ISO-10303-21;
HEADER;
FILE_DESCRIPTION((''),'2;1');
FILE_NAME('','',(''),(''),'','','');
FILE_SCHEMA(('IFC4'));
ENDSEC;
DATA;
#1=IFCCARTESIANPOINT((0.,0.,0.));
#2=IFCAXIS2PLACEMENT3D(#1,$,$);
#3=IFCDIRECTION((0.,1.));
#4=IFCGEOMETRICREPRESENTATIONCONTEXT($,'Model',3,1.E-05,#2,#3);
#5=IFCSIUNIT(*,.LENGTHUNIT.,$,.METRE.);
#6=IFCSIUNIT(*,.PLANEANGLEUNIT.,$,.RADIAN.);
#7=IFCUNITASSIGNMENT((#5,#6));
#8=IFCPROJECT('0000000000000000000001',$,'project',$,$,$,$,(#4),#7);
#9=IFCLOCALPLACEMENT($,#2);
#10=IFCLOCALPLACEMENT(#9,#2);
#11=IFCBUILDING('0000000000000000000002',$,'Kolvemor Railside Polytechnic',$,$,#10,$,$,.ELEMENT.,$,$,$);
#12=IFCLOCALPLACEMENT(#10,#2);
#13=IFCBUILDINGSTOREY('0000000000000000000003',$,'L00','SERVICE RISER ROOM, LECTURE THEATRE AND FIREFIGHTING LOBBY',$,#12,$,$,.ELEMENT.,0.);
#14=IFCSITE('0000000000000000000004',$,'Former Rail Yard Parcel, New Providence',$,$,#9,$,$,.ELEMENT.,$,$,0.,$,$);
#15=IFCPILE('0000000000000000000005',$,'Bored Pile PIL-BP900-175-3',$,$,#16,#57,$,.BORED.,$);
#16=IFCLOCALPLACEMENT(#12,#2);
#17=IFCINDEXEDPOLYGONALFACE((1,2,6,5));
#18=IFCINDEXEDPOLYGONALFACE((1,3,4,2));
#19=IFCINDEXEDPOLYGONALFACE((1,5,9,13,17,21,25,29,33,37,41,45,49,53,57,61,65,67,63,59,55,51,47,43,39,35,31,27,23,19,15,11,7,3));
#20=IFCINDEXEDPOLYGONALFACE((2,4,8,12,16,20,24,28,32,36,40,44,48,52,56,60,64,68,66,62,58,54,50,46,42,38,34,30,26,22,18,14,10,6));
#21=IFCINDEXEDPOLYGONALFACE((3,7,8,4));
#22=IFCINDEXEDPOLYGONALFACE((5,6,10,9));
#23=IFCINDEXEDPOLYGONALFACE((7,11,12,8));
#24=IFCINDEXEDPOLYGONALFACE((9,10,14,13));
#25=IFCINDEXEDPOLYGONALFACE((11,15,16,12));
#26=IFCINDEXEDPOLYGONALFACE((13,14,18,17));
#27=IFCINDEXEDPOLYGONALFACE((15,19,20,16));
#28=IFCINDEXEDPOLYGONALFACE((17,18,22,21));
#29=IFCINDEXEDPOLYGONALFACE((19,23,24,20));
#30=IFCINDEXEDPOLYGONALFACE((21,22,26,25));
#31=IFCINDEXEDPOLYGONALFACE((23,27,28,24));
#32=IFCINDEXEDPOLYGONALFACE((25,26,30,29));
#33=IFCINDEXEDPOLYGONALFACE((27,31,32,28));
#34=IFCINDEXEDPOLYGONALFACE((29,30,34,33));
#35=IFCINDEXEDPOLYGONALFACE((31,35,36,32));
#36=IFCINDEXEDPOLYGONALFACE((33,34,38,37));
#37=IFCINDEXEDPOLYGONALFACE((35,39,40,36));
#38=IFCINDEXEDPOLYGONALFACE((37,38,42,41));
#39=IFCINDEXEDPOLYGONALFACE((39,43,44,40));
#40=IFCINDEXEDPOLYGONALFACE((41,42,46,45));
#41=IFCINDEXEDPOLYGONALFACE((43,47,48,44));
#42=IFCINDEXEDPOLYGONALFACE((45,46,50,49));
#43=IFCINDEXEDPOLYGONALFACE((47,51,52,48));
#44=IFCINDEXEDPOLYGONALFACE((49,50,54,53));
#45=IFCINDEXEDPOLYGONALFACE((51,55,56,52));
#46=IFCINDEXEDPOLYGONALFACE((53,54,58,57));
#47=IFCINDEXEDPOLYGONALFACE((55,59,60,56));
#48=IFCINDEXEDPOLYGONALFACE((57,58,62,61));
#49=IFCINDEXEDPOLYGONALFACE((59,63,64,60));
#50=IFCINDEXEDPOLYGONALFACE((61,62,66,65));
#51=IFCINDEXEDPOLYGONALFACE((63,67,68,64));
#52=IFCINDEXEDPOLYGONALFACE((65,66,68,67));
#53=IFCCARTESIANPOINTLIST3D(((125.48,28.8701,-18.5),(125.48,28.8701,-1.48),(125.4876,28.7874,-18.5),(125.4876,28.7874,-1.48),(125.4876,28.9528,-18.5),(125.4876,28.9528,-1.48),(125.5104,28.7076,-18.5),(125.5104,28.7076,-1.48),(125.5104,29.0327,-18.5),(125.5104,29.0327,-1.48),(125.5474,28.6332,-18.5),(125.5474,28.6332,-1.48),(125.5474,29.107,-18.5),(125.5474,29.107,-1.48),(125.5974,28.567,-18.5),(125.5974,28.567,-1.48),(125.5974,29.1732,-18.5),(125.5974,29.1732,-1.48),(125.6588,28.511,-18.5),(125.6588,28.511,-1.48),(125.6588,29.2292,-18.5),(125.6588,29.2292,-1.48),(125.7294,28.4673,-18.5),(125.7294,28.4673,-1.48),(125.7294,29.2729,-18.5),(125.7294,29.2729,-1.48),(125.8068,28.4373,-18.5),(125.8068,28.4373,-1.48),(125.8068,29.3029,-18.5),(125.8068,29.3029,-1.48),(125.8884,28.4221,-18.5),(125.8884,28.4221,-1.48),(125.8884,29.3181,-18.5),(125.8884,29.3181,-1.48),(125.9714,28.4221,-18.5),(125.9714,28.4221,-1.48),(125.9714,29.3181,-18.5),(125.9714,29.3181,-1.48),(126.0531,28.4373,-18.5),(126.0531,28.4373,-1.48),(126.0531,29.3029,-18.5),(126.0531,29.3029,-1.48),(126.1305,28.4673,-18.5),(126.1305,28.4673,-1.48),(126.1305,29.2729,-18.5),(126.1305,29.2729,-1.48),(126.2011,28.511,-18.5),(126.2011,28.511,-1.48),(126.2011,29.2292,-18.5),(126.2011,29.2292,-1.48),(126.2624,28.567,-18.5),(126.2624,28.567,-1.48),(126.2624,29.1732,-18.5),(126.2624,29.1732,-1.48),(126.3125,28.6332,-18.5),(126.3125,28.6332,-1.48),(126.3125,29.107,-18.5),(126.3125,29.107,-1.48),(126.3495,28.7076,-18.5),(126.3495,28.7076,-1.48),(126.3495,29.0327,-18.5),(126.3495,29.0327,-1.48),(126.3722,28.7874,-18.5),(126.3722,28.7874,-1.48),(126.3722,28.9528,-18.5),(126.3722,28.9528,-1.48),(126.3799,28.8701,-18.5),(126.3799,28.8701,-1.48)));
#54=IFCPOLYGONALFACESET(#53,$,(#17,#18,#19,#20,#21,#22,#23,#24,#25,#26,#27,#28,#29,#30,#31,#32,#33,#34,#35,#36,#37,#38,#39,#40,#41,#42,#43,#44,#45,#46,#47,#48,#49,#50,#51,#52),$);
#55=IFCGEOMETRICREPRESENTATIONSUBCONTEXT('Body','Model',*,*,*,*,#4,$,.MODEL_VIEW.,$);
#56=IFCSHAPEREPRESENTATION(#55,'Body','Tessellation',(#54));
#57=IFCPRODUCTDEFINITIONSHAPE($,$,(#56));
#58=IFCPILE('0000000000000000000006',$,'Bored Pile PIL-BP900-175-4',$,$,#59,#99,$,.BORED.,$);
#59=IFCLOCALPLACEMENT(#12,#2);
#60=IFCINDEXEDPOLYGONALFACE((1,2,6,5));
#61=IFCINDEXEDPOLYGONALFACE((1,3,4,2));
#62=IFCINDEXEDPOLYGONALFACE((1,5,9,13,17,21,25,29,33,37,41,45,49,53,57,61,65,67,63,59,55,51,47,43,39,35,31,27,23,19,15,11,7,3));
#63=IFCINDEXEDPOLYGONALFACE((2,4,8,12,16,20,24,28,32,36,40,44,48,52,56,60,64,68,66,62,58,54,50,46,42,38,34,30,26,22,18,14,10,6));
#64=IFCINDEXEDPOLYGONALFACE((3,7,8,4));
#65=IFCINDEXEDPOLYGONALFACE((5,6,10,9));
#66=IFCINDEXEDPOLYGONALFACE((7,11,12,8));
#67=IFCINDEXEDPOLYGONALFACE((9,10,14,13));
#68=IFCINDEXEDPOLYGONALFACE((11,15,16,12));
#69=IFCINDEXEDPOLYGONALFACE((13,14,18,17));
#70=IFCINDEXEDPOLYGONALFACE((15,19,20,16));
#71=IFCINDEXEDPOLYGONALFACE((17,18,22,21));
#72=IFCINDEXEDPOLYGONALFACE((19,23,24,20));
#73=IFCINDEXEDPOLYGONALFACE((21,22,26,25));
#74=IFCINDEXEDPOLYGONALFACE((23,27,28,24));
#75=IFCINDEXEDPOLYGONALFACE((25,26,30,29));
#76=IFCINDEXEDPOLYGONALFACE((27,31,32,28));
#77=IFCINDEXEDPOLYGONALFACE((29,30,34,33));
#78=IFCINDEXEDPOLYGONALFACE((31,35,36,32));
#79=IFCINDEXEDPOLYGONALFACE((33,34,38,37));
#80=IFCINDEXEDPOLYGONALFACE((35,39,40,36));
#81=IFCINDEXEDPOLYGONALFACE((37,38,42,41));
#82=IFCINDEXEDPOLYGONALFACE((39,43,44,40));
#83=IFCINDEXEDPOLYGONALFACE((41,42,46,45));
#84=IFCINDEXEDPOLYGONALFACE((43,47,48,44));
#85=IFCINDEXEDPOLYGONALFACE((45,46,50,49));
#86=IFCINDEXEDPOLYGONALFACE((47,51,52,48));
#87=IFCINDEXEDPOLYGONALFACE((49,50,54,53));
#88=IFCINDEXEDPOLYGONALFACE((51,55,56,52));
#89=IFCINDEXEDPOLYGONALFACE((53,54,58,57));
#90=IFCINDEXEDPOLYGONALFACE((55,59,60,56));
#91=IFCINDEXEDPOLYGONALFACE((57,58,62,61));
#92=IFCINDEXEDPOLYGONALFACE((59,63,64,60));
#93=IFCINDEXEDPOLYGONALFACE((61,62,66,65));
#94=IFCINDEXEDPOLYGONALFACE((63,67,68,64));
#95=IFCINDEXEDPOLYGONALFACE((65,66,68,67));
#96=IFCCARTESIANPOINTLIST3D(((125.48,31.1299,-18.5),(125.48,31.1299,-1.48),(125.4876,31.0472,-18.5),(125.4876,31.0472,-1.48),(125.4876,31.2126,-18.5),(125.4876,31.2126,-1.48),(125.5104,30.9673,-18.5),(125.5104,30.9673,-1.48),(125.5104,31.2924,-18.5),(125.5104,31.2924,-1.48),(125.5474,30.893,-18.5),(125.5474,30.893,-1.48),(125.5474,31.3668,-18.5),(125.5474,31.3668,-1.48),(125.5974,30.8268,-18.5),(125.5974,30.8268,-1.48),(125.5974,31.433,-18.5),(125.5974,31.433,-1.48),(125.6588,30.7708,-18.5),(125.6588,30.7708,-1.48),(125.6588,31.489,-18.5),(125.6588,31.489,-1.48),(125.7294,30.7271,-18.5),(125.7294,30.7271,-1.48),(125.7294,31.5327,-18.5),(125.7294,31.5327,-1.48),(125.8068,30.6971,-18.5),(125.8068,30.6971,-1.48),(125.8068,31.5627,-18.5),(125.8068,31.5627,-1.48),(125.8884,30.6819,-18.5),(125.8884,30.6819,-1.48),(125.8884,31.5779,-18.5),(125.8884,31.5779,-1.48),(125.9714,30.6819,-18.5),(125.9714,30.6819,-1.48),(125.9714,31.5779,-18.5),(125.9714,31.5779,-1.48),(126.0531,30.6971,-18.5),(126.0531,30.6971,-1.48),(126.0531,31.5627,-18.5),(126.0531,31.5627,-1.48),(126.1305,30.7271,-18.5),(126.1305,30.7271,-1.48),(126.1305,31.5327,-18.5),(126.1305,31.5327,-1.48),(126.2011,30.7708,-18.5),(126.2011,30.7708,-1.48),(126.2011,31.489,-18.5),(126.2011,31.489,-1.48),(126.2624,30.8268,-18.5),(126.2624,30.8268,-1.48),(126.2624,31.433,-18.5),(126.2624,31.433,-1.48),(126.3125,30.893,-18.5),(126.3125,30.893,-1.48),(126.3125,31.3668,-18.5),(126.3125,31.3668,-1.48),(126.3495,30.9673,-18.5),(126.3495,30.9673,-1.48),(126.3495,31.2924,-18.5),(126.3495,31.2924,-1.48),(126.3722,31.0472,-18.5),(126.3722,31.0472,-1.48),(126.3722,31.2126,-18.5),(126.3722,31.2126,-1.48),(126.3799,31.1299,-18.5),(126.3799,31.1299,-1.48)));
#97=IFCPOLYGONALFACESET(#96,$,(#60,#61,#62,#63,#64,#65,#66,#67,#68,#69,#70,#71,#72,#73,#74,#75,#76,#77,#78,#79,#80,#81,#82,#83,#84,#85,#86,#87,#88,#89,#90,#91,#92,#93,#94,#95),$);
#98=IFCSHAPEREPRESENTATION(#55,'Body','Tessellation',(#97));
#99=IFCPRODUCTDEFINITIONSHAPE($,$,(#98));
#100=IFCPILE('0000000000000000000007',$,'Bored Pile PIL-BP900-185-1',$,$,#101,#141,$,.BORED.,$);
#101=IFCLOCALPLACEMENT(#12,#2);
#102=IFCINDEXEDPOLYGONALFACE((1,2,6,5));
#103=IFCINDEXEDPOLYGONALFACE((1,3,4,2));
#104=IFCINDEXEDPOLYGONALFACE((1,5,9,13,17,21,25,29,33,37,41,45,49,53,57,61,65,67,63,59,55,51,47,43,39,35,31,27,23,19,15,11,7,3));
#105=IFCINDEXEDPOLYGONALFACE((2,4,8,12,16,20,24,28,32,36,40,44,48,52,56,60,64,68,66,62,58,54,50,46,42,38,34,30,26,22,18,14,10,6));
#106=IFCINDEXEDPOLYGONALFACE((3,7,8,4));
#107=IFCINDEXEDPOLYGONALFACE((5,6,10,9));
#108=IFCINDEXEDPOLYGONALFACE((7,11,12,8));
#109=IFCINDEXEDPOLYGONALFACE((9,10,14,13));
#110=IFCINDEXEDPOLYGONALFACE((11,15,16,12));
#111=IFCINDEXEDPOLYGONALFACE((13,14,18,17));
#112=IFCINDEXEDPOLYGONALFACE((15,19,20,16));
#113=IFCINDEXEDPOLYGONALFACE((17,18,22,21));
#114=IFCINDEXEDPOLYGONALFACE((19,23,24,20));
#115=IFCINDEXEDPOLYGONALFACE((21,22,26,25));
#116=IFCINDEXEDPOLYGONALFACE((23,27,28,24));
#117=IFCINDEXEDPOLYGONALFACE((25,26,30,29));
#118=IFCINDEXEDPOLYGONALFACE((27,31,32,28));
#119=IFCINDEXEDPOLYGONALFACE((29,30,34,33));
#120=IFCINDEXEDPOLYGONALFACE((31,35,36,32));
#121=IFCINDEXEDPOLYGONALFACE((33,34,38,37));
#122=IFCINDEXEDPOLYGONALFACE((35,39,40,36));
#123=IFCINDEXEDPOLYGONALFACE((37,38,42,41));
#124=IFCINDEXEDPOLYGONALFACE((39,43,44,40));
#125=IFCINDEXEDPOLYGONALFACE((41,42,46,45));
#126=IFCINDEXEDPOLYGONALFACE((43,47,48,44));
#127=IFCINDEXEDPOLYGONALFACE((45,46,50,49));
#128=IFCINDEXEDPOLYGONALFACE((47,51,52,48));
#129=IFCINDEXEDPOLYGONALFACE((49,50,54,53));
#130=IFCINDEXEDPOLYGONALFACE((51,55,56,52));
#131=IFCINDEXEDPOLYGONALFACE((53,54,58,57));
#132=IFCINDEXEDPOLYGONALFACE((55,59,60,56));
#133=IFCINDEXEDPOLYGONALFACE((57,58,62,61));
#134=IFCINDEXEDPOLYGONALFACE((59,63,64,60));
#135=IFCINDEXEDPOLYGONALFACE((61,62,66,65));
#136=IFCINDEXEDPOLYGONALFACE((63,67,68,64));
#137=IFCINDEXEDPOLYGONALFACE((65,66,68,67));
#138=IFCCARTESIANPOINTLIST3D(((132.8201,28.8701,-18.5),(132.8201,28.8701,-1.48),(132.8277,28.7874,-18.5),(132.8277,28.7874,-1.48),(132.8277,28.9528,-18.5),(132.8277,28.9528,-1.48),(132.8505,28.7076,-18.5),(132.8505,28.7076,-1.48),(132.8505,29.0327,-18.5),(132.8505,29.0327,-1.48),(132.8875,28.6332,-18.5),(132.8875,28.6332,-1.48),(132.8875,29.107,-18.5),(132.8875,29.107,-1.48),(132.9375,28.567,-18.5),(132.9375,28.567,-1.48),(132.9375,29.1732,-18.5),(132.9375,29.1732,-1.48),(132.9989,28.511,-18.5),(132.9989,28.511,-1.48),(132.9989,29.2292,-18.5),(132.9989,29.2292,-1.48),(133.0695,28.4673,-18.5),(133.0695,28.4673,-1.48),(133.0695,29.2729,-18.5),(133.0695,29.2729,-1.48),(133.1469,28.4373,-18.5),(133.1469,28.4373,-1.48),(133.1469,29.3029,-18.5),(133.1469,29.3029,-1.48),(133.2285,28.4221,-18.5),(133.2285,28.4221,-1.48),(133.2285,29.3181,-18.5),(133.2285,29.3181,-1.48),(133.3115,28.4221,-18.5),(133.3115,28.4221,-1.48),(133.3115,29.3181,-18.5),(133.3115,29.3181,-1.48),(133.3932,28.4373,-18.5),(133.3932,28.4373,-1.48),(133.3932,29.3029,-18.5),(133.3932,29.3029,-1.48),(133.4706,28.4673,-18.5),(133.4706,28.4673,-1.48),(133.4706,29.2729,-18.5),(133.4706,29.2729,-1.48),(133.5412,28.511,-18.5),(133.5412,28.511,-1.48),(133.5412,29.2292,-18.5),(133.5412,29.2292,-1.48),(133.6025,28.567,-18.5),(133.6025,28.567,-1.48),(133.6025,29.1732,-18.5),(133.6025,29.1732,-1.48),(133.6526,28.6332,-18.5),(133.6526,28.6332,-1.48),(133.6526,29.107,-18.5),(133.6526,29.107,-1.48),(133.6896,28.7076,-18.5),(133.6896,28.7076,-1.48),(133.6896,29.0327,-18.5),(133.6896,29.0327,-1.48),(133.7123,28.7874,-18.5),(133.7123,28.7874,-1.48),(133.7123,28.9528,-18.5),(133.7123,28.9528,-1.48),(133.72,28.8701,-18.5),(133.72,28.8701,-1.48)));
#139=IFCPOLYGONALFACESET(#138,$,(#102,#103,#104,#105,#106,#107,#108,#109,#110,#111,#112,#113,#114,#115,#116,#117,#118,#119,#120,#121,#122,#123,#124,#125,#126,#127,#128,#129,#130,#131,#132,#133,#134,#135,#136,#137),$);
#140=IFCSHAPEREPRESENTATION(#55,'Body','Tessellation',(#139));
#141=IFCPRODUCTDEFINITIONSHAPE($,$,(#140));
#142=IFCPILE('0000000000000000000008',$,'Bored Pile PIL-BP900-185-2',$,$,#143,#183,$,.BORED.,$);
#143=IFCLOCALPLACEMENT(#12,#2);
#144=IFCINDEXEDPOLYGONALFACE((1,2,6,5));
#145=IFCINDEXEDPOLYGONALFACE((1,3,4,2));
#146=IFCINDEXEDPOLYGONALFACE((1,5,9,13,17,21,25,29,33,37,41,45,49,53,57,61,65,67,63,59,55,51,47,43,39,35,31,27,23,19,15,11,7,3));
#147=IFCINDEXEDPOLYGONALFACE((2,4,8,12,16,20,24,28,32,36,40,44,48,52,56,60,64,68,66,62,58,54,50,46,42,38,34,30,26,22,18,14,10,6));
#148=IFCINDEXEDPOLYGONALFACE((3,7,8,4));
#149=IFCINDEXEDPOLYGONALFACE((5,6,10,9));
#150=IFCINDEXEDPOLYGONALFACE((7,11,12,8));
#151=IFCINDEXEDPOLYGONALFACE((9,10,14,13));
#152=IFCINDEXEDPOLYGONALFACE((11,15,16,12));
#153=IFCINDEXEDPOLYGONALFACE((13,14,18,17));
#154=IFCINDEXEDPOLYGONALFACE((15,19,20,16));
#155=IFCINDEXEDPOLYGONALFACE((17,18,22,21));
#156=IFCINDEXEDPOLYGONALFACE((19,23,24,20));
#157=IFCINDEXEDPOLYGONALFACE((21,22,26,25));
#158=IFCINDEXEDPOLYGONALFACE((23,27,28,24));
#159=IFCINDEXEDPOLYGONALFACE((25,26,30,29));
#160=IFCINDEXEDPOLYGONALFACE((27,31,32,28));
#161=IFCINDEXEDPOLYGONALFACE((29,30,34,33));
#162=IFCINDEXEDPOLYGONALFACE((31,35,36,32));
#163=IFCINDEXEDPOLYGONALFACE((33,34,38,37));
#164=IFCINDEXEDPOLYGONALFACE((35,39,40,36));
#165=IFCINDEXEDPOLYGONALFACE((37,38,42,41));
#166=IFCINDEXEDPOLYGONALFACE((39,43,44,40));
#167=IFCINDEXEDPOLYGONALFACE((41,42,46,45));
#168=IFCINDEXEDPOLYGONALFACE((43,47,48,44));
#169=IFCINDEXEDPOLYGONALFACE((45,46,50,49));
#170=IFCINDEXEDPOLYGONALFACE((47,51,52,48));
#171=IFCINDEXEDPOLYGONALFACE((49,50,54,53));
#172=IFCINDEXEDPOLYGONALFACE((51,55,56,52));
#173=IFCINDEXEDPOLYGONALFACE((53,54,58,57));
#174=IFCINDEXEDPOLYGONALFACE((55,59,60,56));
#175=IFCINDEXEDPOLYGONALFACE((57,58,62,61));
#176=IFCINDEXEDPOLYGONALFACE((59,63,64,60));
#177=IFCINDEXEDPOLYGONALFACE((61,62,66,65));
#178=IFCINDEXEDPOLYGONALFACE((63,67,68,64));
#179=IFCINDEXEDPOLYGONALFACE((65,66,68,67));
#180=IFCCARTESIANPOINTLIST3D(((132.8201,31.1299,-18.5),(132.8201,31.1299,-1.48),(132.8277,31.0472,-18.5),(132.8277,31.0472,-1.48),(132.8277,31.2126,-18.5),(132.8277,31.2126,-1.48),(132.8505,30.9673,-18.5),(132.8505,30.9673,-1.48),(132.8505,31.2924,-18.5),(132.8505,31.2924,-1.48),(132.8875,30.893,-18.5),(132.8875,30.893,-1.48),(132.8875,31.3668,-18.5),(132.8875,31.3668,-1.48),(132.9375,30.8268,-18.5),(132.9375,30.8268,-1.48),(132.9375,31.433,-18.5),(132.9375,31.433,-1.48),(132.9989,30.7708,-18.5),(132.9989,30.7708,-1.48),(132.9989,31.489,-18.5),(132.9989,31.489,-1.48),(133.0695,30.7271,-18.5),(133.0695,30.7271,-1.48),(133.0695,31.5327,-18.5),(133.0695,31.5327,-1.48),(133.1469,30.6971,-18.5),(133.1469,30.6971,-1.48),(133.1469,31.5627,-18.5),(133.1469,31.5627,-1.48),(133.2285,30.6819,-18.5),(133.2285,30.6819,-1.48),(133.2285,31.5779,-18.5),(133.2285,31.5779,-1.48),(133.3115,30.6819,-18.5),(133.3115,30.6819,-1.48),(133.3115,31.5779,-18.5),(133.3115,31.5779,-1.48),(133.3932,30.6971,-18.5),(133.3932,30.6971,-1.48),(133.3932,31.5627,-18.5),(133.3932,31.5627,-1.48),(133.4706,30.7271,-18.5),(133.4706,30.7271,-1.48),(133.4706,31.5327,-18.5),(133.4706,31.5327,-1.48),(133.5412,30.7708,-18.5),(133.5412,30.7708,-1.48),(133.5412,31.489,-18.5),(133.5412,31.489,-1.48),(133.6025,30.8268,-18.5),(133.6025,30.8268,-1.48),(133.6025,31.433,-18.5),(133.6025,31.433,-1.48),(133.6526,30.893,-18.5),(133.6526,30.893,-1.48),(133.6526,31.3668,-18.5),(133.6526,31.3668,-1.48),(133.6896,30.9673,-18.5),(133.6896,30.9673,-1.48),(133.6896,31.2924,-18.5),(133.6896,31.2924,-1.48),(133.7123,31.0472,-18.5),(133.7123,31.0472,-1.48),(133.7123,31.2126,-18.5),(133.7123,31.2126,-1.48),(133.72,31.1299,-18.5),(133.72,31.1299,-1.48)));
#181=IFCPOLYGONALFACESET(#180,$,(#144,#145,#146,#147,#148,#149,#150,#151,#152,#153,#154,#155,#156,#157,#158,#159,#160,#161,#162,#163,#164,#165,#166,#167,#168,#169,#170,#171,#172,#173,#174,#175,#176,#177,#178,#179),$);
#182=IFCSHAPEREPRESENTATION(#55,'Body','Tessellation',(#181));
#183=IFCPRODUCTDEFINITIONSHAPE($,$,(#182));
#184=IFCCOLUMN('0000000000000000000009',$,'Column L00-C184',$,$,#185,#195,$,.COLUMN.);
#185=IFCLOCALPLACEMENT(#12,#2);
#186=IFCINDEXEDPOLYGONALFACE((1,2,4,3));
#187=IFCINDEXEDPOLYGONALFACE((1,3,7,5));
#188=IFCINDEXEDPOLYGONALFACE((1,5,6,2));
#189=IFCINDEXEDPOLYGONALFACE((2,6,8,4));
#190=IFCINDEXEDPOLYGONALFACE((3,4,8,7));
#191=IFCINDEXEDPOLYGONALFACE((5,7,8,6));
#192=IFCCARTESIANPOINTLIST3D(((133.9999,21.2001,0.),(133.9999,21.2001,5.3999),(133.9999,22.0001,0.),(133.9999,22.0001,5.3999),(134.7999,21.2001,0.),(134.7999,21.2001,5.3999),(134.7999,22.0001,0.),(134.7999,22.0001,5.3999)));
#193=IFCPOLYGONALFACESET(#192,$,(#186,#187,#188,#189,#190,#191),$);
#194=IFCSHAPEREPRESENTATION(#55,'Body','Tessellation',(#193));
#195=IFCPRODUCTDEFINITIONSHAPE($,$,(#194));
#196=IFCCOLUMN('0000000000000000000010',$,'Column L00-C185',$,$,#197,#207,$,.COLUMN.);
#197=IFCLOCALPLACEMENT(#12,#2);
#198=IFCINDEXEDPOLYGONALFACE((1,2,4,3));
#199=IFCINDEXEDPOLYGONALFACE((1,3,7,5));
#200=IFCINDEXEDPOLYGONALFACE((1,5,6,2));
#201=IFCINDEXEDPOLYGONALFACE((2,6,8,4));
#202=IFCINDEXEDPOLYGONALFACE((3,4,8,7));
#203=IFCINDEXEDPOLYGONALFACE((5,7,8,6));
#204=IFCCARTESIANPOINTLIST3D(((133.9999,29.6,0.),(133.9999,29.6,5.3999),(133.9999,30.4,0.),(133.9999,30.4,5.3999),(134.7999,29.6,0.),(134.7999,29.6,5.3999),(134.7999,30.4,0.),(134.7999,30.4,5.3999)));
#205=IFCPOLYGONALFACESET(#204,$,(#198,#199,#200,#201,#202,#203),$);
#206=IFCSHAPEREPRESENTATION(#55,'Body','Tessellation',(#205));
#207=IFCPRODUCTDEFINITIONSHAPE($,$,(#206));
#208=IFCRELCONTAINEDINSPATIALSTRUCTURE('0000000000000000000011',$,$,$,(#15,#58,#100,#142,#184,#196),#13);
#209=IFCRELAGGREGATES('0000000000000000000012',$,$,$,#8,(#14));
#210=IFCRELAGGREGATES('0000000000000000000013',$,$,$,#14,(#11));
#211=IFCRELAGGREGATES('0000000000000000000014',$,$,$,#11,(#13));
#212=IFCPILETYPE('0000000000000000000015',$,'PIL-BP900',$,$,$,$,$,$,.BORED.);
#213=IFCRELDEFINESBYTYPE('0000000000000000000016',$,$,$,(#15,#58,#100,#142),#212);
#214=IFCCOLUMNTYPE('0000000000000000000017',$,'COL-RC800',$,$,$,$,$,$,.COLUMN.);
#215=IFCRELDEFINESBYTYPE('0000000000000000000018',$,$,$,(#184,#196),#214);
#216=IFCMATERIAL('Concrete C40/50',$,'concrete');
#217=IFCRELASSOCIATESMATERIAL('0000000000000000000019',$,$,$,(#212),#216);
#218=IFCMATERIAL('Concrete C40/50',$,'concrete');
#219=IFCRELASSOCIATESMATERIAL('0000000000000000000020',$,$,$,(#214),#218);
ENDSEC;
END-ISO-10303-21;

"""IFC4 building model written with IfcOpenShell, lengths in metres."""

from ifc_helpers import new_model, si_unit, direction, frame, origin, origin_2d, place, context, subcontext, project, spatial, rectangle, circle, extrude, material, material_profile, profile_set, type_object, element, save


model = new_model("IFC4")

# Units and contexts
model_context = context("Model", 3, precision=1e-05, world=origin(), true_north=direction((0.0, 1.0)))
body_context = subcontext(model_context, "Body", "Model", "MODEL_VIEW")
ifc_project = project(units=[si_unit("LENGTHUNIT", "METRE"), si_unit("PLANEANGLEUNIT", "RADIAN")], contexts=[model_context])

# Site, building, storey
site_placement = place(None, origin())
site = spatial("IfcSite", under=ifc_project, at=site_placement, Name="Former Rail Yard Parcel, New Providence", CompositionType="ELEMENT", RefElevation=0.0)
building_placement = place(site_placement, origin())
building = spatial("IfcBuilding", under=site, at=building_placement, Name="Kolvemor Railside Polytechnic", CompositionType="ELEMENT")
storey_placement = place(building_placement, origin())
storey = spatial("IfcBuildingStorey", under=building, at=storey_placement, Name="L00", Description="SERVICE RISER ROOM, LECTURE THEATRE AND FIREFIGHTING LOBBY", CompositionType="ELEMENT", Elevation=0.0)

# Piles
ifc_material_1 = material(Name="Concrete C40/50", Category="concrete")
ifc_material_profile_1 = material_profile(ifc_material_1, circle(Radius=0.45, at=origin_2d()), Name="BP900")
ifc_profile_set_1 = profile_set([ifc_material_profile_1], Name="Concrete C40/50")
pile_type_1 = type_object("IfcPileType", Name="PIL-BP900", PredefinedType="BORED", material=ifc_profile_set_1)
for number, where, z_axis, x_axis, name in (
    (1, (125.9299, 28.8701, -1.48), (0.0, 0.0, -1.0), (1.0, 0.0, 0.0), "Bored Pile PIL-BP900-175-3"),
    (2, (125.9299, 31.1299, -1.48), (0.0, 0.0, -1.0), (1.0, 0.0, 0.0), "Bored Pile PIL-BP900-175-4"),
    (3, (133.27, 28.8701, -1.48), (0.0, 0.0, -1.0), (1.0, 0.0, 0.0), "Bored Pile PIL-BP900-185-1"),
    (4, (133.27, 31.1299, -1.48), (0.0, 0.0, -1.0), (1.0, 0.0, 0.0), "Bored Pile PIL-BP900-185-2"),
):
    element("IfcPile", number, at=place(storey_placement, frame(where, z_axis=z_axis, x_axis=x_axis)), inside=storey, type_object=pile_type_1, Name=name, PredefinedType="BORED", context=body_context, shape_type="SweptSolid", body=[
        extrude(circle(Radius=0.45, at=origin_2d()), origin(), (0.0, 0.0, 1.0), 17.02),
    ])

# Columns
ifc_material_2 = material(Name="Concrete C40/50", Category="concrete")
ifc_material_profile_2 = material_profile(ifc_material_2, rectangle(XDim=0.8, YDim=0.8, at=origin_2d()), Name="RC800x800")
ifc_profile_set_2 = profile_set([ifc_material_profile_2], Name="Concrete C40/50")
column_type = type_object("IfcColumnType", Name="COL-RC800", PredefinedType="COLUMN", material=ifc_profile_set_2)
for number, where, z_axis, x_axis, name in (
    (5, (134.3999, 21.6001, 0.0), (0.0, 0.0, 1.0), (1.0, 0.0, 0.0), "Column L00-C184"),
    (6, (134.3999, 30.0, 0.0), (0.0, 0.0, 1.0), (1.0, 0.0, 0.0), "Column L00-C185"),
):
    element("IfcColumn", number, at=place(storey_placement, frame(where, z_axis=z_axis, x_axis=x_axis)), inside=storey, type_object=column_type, Name=name, PredefinedType="COLUMN", context=body_context, shape_type="SweptSolid", body=[
        extrude(rectangle(XDim=0.8, YDim=0.8, at=origin_2d()), origin(), (0.0, 0.0, 1.0), 5.3999),
    ])

save(model, "model.ifc")
